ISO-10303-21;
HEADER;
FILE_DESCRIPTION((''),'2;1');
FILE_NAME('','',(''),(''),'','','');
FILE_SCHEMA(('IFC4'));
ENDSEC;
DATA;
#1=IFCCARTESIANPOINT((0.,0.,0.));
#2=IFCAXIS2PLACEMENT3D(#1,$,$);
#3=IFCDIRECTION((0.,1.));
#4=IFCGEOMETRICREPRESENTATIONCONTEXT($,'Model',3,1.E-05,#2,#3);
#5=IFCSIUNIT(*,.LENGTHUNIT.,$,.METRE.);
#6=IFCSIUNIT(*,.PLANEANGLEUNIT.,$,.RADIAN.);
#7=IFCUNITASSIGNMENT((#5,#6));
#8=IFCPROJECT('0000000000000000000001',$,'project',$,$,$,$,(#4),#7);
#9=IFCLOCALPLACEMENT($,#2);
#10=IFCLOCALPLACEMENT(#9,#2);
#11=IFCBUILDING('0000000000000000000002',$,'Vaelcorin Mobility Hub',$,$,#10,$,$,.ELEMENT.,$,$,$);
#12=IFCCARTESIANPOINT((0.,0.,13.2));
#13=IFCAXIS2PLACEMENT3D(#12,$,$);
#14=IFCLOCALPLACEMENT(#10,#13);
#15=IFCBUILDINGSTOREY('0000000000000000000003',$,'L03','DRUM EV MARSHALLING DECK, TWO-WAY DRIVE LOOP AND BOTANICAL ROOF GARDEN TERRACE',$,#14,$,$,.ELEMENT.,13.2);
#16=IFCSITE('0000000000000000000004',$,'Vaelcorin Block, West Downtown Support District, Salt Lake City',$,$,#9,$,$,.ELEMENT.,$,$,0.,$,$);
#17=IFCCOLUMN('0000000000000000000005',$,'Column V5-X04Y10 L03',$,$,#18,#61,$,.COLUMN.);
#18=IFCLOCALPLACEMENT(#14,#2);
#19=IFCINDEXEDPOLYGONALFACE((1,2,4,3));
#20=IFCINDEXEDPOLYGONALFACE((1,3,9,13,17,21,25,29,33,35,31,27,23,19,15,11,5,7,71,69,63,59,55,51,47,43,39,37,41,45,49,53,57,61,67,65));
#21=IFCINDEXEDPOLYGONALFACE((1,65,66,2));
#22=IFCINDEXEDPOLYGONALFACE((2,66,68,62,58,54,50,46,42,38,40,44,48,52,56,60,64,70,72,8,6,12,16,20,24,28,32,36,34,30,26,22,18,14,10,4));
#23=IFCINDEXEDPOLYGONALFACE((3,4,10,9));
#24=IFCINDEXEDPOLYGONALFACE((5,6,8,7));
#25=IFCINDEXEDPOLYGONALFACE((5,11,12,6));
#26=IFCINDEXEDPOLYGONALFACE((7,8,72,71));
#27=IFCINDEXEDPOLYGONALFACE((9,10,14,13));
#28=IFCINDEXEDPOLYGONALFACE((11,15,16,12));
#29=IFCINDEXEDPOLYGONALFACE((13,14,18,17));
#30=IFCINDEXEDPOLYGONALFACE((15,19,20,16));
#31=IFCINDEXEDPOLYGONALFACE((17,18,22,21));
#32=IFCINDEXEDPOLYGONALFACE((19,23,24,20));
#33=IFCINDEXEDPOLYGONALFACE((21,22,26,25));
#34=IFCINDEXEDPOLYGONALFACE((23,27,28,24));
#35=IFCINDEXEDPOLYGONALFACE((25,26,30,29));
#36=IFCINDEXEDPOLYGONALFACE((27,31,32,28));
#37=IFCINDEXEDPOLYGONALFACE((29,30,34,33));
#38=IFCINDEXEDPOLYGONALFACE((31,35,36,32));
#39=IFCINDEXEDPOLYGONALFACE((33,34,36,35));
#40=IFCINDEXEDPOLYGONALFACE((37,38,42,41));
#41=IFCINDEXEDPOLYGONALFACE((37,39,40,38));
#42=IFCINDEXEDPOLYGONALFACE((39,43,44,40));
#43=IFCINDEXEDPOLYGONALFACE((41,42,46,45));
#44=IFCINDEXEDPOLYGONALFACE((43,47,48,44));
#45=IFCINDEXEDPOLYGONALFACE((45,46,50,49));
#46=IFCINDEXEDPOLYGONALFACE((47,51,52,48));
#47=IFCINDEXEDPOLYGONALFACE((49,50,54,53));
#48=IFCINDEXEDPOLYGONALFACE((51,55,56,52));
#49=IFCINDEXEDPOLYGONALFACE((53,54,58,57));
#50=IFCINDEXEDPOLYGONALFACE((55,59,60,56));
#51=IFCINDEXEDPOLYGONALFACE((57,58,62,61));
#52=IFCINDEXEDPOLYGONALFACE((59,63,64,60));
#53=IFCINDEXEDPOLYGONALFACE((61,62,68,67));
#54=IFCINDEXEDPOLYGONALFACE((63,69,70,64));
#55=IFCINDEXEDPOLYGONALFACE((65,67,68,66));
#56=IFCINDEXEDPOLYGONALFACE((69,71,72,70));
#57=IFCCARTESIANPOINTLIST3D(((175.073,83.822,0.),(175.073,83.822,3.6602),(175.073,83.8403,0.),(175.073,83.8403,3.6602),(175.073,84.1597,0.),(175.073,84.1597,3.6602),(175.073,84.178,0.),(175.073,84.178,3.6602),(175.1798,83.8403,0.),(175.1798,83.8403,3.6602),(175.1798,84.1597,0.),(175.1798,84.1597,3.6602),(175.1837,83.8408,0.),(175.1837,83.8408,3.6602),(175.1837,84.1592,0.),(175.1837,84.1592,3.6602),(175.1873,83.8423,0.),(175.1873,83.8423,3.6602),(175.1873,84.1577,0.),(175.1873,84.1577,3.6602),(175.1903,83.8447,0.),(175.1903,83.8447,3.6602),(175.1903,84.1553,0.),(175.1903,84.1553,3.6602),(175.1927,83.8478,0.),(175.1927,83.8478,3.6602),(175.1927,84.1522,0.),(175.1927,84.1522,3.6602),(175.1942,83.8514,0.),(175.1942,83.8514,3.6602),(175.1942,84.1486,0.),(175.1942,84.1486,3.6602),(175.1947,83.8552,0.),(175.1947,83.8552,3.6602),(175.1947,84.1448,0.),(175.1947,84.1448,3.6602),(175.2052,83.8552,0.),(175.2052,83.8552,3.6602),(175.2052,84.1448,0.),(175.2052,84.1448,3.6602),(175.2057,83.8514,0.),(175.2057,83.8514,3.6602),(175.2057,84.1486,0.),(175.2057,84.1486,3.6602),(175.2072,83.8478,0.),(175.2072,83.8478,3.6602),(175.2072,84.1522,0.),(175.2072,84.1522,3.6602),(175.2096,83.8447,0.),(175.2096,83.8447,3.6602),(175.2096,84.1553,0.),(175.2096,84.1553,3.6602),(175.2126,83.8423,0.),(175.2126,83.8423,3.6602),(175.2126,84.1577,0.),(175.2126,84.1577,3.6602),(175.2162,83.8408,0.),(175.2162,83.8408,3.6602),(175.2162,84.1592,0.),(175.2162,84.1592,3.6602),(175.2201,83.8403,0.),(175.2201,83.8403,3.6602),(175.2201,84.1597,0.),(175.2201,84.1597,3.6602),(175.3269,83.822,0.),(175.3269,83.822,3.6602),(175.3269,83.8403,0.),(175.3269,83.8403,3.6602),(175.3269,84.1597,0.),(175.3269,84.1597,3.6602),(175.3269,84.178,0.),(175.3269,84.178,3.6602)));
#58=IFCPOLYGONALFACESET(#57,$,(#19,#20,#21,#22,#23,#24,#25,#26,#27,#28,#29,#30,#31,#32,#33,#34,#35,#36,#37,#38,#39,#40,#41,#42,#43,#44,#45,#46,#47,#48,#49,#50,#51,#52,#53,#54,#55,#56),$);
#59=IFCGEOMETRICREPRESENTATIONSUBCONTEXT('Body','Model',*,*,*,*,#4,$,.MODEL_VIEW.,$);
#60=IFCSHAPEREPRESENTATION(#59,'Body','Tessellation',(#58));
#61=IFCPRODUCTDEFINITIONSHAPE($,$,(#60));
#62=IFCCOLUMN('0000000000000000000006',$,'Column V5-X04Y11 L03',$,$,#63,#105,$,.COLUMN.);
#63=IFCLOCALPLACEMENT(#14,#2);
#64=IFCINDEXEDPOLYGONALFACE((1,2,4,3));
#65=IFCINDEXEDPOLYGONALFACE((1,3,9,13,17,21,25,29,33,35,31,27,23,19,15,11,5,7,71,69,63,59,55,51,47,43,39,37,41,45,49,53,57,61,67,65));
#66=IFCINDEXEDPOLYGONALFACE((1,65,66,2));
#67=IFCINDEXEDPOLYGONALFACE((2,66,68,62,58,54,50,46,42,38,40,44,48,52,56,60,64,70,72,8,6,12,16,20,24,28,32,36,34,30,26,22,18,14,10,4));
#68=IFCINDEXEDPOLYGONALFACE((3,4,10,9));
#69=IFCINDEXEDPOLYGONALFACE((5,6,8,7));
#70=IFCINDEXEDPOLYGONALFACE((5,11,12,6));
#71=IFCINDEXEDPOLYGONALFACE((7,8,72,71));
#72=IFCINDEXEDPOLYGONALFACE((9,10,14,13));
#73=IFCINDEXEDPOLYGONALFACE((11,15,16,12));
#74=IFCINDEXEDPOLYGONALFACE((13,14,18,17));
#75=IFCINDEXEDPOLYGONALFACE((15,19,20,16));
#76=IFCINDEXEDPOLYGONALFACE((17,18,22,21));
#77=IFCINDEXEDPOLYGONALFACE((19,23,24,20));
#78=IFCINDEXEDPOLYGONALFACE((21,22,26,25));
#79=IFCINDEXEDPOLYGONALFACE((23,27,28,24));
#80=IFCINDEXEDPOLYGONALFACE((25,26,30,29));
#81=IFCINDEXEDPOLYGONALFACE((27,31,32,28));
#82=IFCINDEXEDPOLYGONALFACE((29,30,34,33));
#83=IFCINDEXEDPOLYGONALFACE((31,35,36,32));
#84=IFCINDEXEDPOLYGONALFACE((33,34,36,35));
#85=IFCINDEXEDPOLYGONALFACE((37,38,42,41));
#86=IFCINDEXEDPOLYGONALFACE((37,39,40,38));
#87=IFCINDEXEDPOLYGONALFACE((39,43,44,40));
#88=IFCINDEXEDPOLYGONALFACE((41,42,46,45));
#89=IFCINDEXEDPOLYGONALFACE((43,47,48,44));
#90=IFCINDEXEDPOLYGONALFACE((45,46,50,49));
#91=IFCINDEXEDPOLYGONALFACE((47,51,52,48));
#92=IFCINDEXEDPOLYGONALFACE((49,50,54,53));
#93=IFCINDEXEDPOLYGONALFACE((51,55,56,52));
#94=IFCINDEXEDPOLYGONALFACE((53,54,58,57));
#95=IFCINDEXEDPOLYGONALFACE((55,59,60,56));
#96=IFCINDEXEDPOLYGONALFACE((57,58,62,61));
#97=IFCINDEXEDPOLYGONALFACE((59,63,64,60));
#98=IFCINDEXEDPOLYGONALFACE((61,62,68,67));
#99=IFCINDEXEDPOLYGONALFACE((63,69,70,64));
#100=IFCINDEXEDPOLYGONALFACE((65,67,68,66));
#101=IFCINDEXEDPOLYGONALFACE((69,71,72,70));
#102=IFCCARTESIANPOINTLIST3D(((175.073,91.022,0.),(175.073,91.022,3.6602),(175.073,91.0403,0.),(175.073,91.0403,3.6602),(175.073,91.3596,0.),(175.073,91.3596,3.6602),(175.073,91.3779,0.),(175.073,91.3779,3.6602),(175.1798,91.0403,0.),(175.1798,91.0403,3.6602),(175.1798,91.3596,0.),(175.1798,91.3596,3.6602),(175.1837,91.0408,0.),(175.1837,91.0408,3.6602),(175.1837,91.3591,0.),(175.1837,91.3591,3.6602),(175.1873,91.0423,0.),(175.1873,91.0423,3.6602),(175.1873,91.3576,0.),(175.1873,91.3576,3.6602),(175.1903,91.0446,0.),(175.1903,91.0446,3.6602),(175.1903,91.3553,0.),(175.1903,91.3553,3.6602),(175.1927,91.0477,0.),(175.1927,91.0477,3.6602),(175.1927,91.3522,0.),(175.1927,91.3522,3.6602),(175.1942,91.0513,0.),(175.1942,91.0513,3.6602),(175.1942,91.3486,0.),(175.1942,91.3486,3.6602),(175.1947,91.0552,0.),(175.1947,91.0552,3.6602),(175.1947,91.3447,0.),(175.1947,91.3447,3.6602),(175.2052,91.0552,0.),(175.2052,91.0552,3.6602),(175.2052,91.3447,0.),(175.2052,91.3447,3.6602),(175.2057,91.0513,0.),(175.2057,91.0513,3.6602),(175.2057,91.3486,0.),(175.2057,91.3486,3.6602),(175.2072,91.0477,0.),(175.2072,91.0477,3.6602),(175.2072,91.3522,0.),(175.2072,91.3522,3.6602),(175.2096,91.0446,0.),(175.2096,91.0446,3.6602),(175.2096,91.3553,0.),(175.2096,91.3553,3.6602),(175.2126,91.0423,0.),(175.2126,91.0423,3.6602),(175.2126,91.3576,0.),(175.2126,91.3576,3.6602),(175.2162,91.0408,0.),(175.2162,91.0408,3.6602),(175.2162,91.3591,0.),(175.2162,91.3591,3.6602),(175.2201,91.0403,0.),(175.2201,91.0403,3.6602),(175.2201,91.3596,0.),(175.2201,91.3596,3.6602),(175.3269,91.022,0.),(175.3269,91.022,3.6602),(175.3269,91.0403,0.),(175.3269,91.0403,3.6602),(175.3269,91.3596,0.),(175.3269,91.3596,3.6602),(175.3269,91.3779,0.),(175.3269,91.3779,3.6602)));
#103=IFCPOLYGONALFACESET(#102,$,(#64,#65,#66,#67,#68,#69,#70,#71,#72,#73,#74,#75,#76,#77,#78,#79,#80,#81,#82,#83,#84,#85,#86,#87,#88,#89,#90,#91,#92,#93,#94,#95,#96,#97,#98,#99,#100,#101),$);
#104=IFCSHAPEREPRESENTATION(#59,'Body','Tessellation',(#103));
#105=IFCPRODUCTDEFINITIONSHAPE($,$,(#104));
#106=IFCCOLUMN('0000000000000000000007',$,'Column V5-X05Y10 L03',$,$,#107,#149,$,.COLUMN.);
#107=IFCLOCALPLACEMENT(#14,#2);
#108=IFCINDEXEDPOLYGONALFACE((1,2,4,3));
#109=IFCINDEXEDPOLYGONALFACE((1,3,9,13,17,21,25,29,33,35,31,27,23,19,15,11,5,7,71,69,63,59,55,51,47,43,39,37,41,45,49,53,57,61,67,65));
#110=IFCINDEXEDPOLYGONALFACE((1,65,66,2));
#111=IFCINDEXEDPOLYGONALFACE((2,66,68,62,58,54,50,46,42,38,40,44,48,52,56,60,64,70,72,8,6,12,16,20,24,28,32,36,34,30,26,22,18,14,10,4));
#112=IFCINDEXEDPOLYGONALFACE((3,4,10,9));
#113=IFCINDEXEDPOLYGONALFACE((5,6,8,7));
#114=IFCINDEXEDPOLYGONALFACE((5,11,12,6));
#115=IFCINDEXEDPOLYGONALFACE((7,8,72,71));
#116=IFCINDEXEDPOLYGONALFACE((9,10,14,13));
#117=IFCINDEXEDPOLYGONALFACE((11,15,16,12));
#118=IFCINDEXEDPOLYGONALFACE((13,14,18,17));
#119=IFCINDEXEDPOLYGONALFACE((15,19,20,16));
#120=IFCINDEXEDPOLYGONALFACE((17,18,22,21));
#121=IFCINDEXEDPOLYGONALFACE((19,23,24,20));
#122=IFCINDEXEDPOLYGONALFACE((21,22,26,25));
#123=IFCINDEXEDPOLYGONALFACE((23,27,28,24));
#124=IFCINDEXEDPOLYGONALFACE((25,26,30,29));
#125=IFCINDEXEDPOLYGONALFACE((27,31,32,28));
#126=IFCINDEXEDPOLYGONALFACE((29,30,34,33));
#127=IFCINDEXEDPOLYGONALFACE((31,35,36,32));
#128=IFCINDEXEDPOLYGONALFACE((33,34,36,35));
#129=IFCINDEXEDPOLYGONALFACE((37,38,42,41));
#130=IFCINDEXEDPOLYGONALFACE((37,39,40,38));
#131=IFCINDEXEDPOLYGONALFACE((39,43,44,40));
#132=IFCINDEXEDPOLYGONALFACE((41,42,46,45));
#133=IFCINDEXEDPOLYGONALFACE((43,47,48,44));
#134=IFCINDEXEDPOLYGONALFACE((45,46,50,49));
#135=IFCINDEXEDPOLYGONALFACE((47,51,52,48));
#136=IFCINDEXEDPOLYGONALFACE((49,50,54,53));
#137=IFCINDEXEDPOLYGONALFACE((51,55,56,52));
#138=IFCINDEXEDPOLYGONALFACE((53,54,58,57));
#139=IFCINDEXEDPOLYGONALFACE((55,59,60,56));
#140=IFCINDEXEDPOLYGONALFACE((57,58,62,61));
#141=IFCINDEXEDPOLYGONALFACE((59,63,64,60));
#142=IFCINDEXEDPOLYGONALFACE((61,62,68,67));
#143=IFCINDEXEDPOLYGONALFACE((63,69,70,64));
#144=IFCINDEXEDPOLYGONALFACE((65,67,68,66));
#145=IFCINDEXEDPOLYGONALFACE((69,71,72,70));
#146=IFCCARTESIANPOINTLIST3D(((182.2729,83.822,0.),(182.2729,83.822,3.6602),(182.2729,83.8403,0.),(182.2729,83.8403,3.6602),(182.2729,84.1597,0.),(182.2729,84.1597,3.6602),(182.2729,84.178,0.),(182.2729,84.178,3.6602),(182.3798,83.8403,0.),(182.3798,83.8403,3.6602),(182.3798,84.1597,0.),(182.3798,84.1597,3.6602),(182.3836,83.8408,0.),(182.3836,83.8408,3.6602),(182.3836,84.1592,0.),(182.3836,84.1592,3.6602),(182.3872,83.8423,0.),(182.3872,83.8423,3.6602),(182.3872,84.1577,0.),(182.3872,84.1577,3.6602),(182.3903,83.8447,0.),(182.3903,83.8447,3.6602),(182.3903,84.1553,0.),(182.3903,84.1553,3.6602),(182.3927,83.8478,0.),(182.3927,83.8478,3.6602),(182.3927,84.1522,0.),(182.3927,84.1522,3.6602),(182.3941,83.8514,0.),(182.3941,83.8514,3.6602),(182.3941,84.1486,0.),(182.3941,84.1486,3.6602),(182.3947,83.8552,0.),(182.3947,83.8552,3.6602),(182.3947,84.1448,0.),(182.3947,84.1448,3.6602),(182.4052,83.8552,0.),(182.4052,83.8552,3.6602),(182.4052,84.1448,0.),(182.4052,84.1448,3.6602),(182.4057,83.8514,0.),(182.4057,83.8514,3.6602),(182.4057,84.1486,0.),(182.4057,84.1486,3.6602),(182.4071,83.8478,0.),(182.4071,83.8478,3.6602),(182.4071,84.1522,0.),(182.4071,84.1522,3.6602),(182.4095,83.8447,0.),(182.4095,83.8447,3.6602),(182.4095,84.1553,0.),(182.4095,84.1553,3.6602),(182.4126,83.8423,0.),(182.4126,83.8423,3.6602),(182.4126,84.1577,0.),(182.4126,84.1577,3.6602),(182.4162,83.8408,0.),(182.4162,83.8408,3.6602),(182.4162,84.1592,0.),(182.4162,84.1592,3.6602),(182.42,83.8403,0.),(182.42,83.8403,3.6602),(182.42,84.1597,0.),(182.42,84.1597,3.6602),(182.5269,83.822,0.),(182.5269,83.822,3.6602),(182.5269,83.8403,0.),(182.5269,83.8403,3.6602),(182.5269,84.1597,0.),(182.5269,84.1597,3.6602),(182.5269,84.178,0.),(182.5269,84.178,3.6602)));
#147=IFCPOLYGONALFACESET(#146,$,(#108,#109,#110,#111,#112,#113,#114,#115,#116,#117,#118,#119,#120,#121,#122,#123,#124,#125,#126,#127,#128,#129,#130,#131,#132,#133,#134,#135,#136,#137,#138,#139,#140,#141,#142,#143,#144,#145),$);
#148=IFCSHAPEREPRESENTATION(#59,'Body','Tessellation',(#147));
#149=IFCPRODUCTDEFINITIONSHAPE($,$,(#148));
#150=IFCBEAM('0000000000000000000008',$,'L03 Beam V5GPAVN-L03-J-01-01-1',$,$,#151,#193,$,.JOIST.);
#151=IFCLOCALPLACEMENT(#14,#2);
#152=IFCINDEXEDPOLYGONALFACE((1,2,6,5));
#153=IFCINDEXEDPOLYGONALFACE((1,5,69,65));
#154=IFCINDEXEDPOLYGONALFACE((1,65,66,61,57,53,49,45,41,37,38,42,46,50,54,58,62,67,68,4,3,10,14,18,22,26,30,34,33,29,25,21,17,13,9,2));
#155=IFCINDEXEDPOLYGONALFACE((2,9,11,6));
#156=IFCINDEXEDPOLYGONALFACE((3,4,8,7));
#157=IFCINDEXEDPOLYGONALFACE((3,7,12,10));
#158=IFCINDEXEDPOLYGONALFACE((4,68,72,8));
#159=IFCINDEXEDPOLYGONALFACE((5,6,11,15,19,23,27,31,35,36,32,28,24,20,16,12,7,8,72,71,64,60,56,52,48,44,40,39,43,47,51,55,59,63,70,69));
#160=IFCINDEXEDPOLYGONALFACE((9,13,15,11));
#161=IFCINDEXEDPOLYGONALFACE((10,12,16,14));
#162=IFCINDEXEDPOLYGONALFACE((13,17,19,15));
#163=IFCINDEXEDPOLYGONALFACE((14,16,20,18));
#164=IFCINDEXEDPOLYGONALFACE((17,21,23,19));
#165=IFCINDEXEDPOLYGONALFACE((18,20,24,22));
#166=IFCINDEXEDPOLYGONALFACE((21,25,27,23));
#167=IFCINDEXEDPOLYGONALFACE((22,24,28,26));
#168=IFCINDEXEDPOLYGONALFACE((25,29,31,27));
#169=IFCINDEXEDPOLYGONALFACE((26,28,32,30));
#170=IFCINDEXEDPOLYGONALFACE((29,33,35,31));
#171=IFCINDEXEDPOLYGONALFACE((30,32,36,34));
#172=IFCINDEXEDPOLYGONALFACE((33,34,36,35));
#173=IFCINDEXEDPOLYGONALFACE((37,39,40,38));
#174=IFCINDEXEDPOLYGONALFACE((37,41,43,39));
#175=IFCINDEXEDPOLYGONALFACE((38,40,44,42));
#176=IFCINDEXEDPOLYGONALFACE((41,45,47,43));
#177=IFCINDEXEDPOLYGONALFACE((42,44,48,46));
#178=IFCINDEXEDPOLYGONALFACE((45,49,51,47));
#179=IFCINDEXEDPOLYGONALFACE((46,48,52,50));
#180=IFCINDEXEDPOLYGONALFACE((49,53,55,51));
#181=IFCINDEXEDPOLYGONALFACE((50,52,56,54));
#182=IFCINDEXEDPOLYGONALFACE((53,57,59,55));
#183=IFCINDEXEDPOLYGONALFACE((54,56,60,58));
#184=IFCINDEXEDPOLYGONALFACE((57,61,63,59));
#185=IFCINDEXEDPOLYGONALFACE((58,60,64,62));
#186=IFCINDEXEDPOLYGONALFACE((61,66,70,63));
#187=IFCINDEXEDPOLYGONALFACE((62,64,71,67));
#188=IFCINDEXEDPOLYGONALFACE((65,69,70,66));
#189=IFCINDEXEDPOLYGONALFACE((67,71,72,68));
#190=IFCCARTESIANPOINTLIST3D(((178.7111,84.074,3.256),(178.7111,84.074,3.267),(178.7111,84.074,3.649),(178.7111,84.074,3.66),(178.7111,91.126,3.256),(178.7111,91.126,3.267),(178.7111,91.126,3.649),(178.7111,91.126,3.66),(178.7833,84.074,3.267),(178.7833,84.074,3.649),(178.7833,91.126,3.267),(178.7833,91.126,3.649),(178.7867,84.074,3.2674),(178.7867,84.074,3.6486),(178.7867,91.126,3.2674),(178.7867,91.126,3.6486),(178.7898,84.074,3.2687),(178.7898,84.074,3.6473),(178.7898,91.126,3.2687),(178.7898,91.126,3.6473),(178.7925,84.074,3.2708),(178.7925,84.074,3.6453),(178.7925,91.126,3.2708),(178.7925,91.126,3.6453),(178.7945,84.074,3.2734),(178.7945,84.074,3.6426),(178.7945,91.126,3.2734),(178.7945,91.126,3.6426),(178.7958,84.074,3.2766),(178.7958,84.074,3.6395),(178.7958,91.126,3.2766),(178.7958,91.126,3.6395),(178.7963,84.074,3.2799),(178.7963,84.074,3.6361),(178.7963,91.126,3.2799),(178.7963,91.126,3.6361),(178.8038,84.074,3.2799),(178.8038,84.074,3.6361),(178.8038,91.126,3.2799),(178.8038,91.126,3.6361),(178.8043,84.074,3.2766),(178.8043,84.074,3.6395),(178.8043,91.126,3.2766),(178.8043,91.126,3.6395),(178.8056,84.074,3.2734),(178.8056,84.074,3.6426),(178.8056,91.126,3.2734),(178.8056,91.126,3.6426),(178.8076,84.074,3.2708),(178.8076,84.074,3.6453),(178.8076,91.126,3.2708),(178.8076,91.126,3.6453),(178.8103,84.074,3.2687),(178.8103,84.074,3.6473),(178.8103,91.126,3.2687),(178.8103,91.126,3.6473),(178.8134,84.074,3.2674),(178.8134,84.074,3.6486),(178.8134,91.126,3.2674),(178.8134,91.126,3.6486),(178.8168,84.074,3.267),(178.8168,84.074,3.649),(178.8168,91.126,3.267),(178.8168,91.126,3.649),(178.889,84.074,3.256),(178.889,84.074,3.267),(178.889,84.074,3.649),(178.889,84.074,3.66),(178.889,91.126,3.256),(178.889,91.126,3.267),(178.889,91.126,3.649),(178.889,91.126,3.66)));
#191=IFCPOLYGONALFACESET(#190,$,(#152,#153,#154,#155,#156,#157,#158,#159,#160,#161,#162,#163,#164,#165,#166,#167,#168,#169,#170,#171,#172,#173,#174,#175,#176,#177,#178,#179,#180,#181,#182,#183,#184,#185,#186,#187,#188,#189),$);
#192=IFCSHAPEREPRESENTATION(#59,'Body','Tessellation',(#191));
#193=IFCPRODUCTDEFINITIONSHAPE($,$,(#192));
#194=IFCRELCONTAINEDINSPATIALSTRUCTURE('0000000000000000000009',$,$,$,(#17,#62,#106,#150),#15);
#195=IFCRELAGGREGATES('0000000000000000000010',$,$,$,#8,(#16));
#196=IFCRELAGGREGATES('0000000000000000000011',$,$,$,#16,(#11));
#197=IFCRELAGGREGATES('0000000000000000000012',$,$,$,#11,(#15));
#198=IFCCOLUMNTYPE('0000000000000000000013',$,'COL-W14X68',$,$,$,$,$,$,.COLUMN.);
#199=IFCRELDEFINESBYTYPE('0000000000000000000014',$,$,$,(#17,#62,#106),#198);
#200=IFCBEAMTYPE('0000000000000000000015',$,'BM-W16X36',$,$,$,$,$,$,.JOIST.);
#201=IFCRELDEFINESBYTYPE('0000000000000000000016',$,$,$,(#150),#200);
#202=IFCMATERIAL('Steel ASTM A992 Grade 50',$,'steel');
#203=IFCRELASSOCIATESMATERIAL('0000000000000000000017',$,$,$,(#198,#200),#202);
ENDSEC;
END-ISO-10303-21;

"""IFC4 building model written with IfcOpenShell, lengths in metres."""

from ifc_helpers import new_model, si_unit, direction, frame, origin, origin_2d, place, context, subcontext, project, spatial, i_section, extrude, material, material_profile, profile_set, type_object, element, save


model = new_model("IFC4")

# Units and contexts
model_context = context("Model", 3, precision=1e-05, world=origin(), true_north=direction((0.0, 1.0)))
body_context = subcontext(model_context, "Body", "Model", "MODEL_VIEW")
ifc_project = project(units=[si_unit("LENGTHUNIT", "METRE"), si_unit("PLANEANGLEUNIT", "RADIAN")], contexts=[model_context])

# Site, building, storey
site_placement = place(None, origin())
site = spatial("IfcSite", under=ifc_project, at=site_placement, Name="Vaelcorin Block, West Downtown Support District, Salt Lake City", CompositionType="ELEMENT", RefElevation=0.0)
building_placement = place(site_placement, origin())
building = spatial("IfcBuilding", under=site, at=building_placement, Name="Vaelcorin Mobility Hub", CompositionType="ELEMENT")
storey_placement = place(building_placement, frame((0.0, 0.0, 13.2)))
storey = spatial("IfcBuildingStorey", under=building, at=storey_placement, Name="L03", Description="DRUM EV MARSHALLING DECK, TWO-WAY DRIVE LOOP AND BOTANICAL ROOF GARDEN TERRACE", CompositionType="ELEMENT", Elevation=13.2)

# Columns
ifc_material_1 = material(Name="Steel ASTM A992 Grade 50", Category="steel")
ifc_material_profile_1 = material_profile(ifc_material_1, i_section(OverallWidth=0.2539, OverallDepth=0.356, WebThickness=0.0105, FlangeThickness=0.0183, FilletRadius=0.0149, at=origin_2d()), Name="W14X68")
ifc_profile_set_1 = profile_set([ifc_material_profile_1], Name="Steel ASTM A992 Grade 50")
column_type = type_object("IfcColumnType", Name="COL-W14X68", PredefinedType="COLUMN", material=ifc_profile_set_1)
for number, where, z_axis, x_axis, name in (
    (1, (175.2, 84.0, 0.0), (0.0, 0.0, 1.0), (1.0, 0.0, 0.0), "Column V5-X04Y10 L03"),
    (2, (175.2, 91.2, 0.0), (0.0, 0.0, 1.0), (1.0, 0.0, 0.0), "Column V5-X04Y11 L03"),
    (3, (182.3999, 84.0, 0.0), (0.0, 0.0, 1.0), (1.0, 0.0, 0.0), "Column V5-X05Y10 L03"),
):
    element("IfcColumn", number, at=place(storey_placement, frame(where, z_axis=z_axis, x_axis=x_axis)), inside=storey, type_object=column_type, Name=name, PredefinedType="COLUMN", context=body_context, shape_type="SweptSolid", body=[
        extrude(i_section(OverallWidth=0.2539, OverallDepth=0.356, WebThickness=0.0105, FlangeThickness=0.0183, FilletRadius=0.0149, at=origin_2d()), origin(), (0.0, 0.0, 1.0), 3.6602),
    ])

# Beam
ifc_material_profile_2 = material_profile(ifc_material_1, i_section(OverallWidth=0.178, OverallDepth=0.4041, WebThickness=0.0076, FlangeThickness=0.011, FilletRadius=0.0129, at=origin_2d()), Name="W16X36")
ifc_profile_set_2 = profile_set([ifc_material_profile_2], Name="Steel ASTM A992 Grade 50")
beam_type_1 = type_object("IfcBeamType", Name="BM-W16X36", PredefinedType="JOIST", material=ifc_profile_set_2)
beam_placement = place(storey_placement, frame((178.8, 84.074, 3.458), z_axis=(0.0, 1.0, 0.0), x_axis=(-1.0, 0.0, 0.0)))
element("IfcBeam", 4, at=beam_placement, inside=storey, type_object=beam_type_1, Name="L03 Beam V5GPAVN-L03-J-01-01-1", PredefinedType="JOIST", context=body_context, shape_type="SweptSolid", body=[
    extrude(i_section(OverallWidth=0.178, OverallDepth=0.4041, WebThickness=0.0076, FlangeThickness=0.011, FilletRadius=0.0129, at=origin_2d()), origin(), (0.0, 0.0, 1.0), 7.052),
])

save(model, "model.ifc")
